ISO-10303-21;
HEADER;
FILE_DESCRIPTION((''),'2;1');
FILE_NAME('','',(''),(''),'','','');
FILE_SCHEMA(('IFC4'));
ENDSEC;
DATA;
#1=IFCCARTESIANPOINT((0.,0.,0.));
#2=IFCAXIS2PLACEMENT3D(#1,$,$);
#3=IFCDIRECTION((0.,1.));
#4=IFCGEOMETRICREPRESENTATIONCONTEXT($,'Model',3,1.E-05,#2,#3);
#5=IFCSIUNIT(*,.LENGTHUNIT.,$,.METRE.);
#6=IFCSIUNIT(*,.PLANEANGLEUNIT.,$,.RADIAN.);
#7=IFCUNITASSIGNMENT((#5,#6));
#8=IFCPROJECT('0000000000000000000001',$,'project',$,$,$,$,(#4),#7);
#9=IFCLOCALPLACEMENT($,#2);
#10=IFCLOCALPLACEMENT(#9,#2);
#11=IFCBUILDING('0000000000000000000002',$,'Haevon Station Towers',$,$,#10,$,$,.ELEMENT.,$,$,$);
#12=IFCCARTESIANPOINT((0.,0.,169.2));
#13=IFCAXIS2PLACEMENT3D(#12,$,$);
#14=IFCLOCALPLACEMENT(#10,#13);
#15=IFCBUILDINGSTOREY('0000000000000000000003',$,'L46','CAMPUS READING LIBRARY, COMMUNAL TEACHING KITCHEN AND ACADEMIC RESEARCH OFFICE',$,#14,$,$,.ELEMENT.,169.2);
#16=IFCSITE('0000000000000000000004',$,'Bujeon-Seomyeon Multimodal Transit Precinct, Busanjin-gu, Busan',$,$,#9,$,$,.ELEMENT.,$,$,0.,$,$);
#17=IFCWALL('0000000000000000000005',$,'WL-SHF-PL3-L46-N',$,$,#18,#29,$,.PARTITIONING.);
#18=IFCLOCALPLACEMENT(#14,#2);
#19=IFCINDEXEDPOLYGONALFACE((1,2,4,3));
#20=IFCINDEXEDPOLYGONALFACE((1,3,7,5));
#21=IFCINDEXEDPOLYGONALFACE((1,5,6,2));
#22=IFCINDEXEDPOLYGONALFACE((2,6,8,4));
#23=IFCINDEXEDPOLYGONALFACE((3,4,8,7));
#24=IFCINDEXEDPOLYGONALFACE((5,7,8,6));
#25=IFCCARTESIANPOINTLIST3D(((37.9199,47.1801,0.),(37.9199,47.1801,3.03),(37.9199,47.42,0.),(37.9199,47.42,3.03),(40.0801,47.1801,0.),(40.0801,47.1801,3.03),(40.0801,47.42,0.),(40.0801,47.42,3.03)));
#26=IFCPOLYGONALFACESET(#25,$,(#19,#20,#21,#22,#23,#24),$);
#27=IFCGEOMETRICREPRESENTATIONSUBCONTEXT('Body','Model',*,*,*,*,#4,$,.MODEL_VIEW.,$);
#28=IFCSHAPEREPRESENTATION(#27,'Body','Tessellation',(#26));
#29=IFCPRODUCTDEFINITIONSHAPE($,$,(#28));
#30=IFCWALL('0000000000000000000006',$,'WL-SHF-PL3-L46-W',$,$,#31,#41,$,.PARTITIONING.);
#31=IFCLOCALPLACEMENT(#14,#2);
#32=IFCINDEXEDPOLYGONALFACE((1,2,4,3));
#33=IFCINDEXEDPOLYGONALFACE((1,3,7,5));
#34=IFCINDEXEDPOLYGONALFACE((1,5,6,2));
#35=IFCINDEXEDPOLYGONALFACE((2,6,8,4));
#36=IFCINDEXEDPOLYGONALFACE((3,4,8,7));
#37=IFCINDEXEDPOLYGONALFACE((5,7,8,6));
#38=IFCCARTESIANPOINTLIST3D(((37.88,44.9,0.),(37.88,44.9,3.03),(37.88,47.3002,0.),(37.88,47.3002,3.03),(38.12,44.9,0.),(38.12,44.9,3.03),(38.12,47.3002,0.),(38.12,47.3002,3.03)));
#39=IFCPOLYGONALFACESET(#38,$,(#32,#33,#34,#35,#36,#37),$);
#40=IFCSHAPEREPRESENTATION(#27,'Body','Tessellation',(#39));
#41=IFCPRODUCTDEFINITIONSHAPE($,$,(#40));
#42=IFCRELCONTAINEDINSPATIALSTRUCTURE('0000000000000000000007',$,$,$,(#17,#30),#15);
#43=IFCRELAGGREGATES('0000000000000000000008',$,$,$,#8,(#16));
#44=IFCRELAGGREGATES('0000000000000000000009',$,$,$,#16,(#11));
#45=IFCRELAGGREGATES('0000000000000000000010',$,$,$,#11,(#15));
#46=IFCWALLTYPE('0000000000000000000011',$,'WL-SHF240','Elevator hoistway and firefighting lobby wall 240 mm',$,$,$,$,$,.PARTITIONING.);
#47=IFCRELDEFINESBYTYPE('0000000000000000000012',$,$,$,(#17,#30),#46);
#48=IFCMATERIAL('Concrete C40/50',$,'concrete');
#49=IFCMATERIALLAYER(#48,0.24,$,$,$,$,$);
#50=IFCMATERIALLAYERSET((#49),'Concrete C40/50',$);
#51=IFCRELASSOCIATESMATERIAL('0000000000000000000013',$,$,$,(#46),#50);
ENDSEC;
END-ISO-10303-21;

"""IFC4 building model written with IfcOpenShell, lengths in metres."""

from ifc_helpers import new_model, si_unit, direction, frame, frame_2d, origin, place, context, subcontext, project, spatial, rectangle, extrude, material, layer, layer_set, type_object, element, save


model = new_model("IFC4")

# Units and contexts
model_context = context("Model", 3, precision=1e-05, world=origin(), true_north=direction((0.0, 1.0)))
body_context = subcontext(model_context, "Body", "Model", "MODEL_VIEW")
ifc_project = project(units=[si_unit("LENGTHUNIT", "METRE"), si_unit("PLANEANGLEUNIT", "RADIAN")], contexts=[model_context])

# Site, building, storey
site_placement = place(None, origin())
site = spatial("IfcSite", under=ifc_project, at=site_placement, Name="Bujeon-Seomyeon Multimodal Transit Precinct, Busanjin-gu, Busan", CompositionType="ELEMENT", RefElevation=0.0)
building_placement = place(site_placement, origin())
building = spatial("IfcBuilding", under=site, at=building_placement, Name="Haevon Station Towers", CompositionType="ELEMENT")
storey_placement = place(building_placement, frame((0.0, 0.0, 169.2)))
storey = spatial("IfcBuildingStorey", under=building, at=storey_placement, Name="L46", Description="CAMPUS READING LIBRARY, COMMUNAL TEACHING KITCHEN AND ACADEMIC RESEARCH OFFICE", CompositionType="ELEMENT", Elevation=169.2)

# Shared definitions
ifc_material_1 = material(Name="Concrete C40/50", Category="concrete")
ifc_layer_1 = layer(ifc_material_1, 0.24)
ifc_layer_set_1 = layer_set([ifc_layer_1], Name="Concrete C40/50")
wall_type_1 = type_object("IfcWallType", Name="WL-SHF240", Description="Elevator hoistway and firefighting lobby wall 240 mm", PredefinedType="PARTITIONING", material=ifc_layer_set_1)

# Walls
wall_1_placement = place(storey_placement, frame((37.9199, 47.3, 0.0), z_axis=(0.0, 0.0, 1.0), x_axis=(1.0, 0.0, 0.0)))
element("IfcWall", 1, at=wall_1_placement, inside=storey, type_object=wall_type_1, Name="WL-SHF-PL3-L46-N", PredefinedType="PARTITIONING", context=body_context, shape_type="SweptSolid", body=[
    extrude(rectangle(XDim=2.1602, YDim=0.24, at=frame_2d((1.0801, 0.0))), origin(), (0.0, 0.0, 1.0), 3.03),
])
wall_2_placement = place(storey_placement, frame((38.0, 44.8999, 0.0), z_axis=(0.0, 0.0, 1.0), x_axis=(0.0, 1.0, 0.0)))
element("IfcWall", 2, at=wall_2_placement, inside=storey, type_object=wall_type_1, Name="WL-SHF-PL3-L46-W", PredefinedType="PARTITIONING", context=body_context, shape_type="SweptSolid", body=[
    extrude(rectangle(XDim=2.4001, YDim=0.24, at=frame_2d((1.2002, 0.0))), origin(), (0.0, 0.0, 1.0), 3.03),
])

save(model, "model.ifc")
